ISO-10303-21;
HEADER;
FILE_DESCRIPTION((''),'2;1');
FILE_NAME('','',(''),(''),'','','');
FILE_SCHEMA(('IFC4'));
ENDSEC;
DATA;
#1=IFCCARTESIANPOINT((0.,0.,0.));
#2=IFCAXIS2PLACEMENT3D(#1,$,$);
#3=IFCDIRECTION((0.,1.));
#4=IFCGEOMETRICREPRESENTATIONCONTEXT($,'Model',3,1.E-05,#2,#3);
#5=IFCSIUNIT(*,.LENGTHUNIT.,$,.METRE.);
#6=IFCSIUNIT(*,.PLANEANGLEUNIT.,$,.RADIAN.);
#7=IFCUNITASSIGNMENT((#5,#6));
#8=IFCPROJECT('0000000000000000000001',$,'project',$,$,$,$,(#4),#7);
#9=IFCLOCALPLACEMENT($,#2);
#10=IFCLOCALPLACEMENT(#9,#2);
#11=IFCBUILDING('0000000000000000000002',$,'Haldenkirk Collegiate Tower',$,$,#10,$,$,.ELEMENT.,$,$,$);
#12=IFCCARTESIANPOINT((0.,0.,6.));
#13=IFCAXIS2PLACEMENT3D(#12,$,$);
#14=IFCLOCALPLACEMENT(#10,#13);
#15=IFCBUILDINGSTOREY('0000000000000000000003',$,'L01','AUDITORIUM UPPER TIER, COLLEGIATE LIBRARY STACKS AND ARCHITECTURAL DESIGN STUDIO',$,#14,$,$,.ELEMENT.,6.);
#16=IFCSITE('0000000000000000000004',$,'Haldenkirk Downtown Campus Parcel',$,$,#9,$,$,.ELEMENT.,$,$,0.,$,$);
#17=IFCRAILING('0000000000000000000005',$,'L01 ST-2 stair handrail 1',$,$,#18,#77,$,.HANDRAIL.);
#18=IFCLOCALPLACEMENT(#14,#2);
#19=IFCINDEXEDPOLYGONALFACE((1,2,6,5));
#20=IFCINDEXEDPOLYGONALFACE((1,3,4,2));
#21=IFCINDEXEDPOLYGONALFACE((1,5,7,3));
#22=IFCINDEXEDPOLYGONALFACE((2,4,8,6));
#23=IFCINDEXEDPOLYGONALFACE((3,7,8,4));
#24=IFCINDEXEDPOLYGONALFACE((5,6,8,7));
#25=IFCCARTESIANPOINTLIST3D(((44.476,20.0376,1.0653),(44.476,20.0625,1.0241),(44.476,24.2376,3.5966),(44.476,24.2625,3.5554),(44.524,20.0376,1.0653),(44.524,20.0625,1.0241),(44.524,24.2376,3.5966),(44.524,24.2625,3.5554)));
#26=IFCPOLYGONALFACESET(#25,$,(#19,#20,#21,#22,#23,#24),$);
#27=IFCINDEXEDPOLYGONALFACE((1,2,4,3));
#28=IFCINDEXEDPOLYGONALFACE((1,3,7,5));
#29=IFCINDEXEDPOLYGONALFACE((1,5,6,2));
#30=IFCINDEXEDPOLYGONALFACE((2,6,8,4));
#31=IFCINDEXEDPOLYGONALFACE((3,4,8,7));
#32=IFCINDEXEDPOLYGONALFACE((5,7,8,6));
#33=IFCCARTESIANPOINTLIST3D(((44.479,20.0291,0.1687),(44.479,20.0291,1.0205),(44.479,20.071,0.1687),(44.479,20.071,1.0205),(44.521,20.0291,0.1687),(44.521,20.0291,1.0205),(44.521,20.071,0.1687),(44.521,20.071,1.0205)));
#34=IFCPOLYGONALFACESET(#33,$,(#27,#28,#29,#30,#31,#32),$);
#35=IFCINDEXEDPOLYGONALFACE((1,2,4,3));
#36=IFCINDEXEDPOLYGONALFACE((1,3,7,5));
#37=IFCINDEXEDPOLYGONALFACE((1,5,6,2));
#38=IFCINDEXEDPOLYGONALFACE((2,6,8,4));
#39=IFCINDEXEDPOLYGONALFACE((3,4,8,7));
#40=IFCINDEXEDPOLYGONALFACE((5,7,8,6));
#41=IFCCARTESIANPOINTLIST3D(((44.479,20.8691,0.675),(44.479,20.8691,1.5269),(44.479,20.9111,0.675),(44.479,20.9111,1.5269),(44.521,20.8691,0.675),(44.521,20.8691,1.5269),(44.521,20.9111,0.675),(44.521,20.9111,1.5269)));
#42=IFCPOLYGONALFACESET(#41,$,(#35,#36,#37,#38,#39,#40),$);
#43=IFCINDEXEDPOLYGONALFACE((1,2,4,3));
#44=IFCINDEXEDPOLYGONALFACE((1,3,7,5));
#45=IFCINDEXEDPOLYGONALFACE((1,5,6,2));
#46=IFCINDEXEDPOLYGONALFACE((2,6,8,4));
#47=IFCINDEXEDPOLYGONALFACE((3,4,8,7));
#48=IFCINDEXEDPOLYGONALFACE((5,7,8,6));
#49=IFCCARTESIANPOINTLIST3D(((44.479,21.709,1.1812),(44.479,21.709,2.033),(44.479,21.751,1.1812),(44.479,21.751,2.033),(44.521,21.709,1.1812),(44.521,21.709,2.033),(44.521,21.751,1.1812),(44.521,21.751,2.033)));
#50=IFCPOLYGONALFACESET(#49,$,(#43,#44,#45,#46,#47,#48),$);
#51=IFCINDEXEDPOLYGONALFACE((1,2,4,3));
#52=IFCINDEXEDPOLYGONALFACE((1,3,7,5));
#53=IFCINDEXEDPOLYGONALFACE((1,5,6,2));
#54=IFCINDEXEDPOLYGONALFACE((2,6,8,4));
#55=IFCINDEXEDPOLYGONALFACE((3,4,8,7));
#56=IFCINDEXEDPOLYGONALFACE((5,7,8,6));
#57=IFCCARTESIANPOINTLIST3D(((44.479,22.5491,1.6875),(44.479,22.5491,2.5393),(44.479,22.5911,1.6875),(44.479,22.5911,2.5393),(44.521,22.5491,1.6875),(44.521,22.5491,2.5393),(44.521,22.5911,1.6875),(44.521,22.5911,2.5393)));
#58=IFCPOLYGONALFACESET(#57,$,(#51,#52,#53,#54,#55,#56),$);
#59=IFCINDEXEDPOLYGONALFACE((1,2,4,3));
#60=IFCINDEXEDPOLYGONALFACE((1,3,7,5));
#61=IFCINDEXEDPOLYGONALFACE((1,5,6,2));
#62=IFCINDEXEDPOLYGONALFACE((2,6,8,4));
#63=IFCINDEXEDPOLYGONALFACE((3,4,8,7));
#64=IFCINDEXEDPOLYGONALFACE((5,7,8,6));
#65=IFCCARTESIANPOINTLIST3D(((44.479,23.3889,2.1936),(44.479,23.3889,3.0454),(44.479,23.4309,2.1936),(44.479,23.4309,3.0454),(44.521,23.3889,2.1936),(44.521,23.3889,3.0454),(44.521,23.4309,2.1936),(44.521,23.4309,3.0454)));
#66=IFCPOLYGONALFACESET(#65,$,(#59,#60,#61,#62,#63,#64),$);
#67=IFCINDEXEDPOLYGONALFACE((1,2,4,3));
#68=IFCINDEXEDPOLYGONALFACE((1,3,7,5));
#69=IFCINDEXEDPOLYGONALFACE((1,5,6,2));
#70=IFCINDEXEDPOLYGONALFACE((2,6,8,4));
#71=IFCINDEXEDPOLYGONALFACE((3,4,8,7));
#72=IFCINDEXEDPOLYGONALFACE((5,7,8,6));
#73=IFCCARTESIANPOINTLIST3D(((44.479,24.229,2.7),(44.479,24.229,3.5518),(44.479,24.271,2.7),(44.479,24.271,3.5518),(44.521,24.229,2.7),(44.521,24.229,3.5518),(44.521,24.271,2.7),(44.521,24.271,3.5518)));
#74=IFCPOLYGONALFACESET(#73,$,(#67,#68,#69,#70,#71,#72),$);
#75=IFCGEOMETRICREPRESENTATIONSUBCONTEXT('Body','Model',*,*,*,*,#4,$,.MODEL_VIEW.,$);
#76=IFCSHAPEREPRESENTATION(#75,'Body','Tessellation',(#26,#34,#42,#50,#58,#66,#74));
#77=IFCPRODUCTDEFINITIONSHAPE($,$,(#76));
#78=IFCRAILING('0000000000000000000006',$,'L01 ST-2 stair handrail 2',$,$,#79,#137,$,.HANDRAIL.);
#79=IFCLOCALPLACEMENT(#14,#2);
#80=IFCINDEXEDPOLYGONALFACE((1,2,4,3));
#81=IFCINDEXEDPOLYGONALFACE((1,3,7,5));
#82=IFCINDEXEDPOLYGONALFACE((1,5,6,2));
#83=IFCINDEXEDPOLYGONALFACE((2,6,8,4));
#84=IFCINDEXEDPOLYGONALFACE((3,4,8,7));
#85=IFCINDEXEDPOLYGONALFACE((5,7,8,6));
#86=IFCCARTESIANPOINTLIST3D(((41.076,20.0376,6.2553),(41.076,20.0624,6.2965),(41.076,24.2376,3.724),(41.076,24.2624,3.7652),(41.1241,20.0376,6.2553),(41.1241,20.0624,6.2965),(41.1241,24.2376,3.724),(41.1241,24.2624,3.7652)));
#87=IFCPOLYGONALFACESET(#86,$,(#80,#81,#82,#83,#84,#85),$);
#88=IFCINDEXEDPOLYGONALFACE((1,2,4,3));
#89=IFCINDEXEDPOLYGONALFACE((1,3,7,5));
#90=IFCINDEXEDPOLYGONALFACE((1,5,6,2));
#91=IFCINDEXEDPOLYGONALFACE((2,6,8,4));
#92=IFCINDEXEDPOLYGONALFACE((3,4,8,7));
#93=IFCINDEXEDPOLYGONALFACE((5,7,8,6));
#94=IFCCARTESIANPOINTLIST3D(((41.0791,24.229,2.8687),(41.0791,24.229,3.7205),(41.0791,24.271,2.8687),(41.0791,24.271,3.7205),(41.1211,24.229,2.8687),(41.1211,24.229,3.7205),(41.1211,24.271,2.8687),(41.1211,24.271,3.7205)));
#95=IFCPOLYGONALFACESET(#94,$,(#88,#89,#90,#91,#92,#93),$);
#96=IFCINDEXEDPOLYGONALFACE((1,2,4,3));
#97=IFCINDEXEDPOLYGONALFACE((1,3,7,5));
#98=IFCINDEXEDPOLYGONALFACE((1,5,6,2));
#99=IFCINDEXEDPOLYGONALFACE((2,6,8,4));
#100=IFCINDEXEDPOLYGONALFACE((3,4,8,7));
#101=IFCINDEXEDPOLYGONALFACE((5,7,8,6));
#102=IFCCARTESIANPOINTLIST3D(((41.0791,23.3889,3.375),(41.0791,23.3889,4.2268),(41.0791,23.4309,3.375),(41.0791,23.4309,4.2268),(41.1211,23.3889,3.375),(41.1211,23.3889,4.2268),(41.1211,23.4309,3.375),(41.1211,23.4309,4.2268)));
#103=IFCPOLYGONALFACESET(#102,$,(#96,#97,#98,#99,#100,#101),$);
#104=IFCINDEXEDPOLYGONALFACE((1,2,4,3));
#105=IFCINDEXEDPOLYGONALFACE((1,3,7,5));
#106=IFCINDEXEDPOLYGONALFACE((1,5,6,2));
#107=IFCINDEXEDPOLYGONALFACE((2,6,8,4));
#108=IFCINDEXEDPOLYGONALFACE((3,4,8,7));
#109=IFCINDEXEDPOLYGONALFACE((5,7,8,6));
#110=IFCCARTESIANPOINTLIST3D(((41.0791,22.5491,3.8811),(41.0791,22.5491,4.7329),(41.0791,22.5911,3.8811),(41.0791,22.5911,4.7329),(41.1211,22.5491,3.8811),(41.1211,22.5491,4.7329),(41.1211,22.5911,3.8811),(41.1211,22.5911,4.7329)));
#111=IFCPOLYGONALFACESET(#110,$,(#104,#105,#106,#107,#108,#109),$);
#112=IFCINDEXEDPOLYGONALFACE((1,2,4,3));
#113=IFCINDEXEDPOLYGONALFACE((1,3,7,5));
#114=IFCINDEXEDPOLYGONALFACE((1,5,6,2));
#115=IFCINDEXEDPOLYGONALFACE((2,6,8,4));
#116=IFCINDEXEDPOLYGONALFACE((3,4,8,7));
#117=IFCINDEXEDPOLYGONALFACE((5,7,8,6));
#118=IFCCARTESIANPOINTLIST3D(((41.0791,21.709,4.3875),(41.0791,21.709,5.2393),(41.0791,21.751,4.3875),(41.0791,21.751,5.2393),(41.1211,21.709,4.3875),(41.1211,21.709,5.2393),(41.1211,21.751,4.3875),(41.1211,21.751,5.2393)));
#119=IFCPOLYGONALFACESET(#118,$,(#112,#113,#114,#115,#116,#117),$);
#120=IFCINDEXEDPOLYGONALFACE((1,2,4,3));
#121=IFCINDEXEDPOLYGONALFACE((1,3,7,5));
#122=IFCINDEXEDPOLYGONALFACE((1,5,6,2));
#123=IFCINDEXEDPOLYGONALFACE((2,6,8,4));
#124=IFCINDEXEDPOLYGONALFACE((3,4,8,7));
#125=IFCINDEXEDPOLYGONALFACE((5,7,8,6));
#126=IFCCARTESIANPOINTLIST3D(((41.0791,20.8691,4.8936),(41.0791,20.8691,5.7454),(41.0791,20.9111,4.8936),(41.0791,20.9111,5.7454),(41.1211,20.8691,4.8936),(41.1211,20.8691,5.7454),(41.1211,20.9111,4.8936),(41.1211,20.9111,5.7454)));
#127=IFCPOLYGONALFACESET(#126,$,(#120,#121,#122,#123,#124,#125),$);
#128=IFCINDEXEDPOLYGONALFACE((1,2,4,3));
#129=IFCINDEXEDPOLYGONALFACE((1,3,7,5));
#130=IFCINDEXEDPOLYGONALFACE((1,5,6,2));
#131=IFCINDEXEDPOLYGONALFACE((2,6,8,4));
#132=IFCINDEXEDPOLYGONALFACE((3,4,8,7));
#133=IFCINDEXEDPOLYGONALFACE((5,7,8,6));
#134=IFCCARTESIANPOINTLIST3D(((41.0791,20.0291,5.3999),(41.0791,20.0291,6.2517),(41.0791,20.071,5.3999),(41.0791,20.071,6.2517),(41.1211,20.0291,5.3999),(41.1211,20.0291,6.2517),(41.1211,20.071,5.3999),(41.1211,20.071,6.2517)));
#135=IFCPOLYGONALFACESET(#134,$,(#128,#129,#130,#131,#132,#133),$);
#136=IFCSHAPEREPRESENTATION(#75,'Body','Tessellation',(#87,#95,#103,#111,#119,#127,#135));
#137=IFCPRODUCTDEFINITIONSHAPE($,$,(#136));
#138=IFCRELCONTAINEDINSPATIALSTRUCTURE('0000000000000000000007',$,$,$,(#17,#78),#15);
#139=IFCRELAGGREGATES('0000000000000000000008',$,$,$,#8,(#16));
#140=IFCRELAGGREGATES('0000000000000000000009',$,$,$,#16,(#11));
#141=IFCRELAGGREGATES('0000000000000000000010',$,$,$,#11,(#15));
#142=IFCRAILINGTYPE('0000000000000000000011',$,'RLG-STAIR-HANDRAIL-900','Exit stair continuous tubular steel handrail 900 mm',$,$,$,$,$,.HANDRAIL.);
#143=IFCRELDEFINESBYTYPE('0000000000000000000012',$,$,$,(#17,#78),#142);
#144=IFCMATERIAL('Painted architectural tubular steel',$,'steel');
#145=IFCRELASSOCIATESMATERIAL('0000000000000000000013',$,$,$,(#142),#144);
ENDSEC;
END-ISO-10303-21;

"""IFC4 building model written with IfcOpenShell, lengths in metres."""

from ifc_helpers import new_model, si_unit, direction, frame, origin, origin_2d, place, context, subcontext, project, spatial, rectangle, extrude, material, type_object, element, save


model = new_model("IFC4")

# Units and contexts
model_context = context("Model", 3, precision=1e-05, world=origin(), true_north=direction((0.0, 1.0)))
body_context = subcontext(model_context, "Body", "Model", "MODEL_VIEW")
ifc_project = project(units=[si_unit("LENGTHUNIT", "METRE"), si_unit("PLANEANGLEUNIT", "RADIAN")], contexts=[model_context])

# Site, building, storey
site_placement = place(None, origin())
site = spatial("IfcSite", under=ifc_project, at=site_placement, Name="Haldenkirk Downtown Campus Parcel", CompositionType="ELEMENT", RefElevation=0.0)
building_placement = place(site_placement, origin())
building = spatial("IfcBuilding", under=site, at=building_placement, Name="Haldenkirk Collegiate Tower", CompositionType="ELEMENT")
storey_placement = place(building_placement, frame((0.0, 0.0, 6.0)))
storey = spatial("IfcBuildingStorey", under=building, at=storey_placement, Name="L01", Description="AUDITORIUM UPPER TIER, COLLEGIATE LIBRARY STACKS AND ARCHITECTURAL DESIGN STUDIO", CompositionType="ELEMENT", Elevation=6.0)

# Railings
ifc_material_1 = material(Name="Painted architectural tubular steel", Category="steel")
railing_type_1 = type_object("IfcRailingType", Name="RLG-STAIR-HANDRAIL-900", Description="Exit stair continuous tubular steel handrail 900 mm", PredefinedType="HANDRAIL", material=ifc_material_1)
railing_1_placement = place(storey_placement, frame((44.5, 20.05, 0.1687)))
element("IfcRailing", 1, at=railing_1_placement, inside=storey, type_object=railing_type_1, Name="L01 ST-2 stair handrail 1", PredefinedType="HANDRAIL", context=body_context, shape_type="SweptSolid", body=[
    extrude(rectangle(XDim=0.0481, YDim=0.0481, at=origin_2d()), frame((0.0, 0.0, 0.876), z_axis=(0.0, 0.856476, 0.516186), x_axis=(-1.0, 0.0, 0.0)), (0.0, 0.0, 1.0), 4.9038),
    extrude(rectangle(XDim=0.042, YDim=0.042, at=origin_2d()), origin(), (0.0, 0.0, 1.0), 0.8518),
    extrude(rectangle(XDim=0.042, YDim=0.042, at=origin_2d()), frame((0.0, 0.8401, 0.5063)), (0.0, 0.0, 1.0), 0.8518),
    extrude(rectangle(XDim=0.042, YDim=0.042, at=origin_2d()), frame((0.0, 1.6799, 1.0125)), (0.0, 0.0, 1.0), 0.8518),
    extrude(rectangle(XDim=0.042, YDim=0.042, at=origin_2d()), frame((0.0, 2.52, 1.5188)), (0.0, 0.0, 1.0), 0.8518),
    extrude(rectangle(XDim=0.042, YDim=0.042, at=origin_2d()), frame((0.0, 3.3599, 2.0249)), (0.0, 0.0, 1.0), 0.8518),
    extrude(rectangle(XDim=0.042, YDim=0.042, at=origin_2d()), frame((0.0, 4.2, 2.5312)), (0.0, 0.0, 1.0), 0.8518),
])
railing_2_placement = place(storey_placement, frame((41.1001, 24.25, 2.8687)))
element("IfcRailing", 2, at=railing_2_placement, inside=storey, type_object=railing_type_1, Name="L01 ST-2 stair handrail 2", PredefinedType="HANDRAIL", context=body_context, shape_type="SweptSolid", body=[
    extrude(rectangle(XDim=0.0481, YDim=0.0481, at=origin_2d()), frame((0.0, 0.0, 0.876), z_axis=(0.0, -0.856476, 0.516186), x_axis=(1.0, 0.0, 0.0)), (0.0, 0.0, 1.0), 4.9038),
    extrude(rectangle(XDim=0.042, YDim=0.042, at=origin_2d()), origin(), (0.0, 0.0, 1.0), 0.8518),
    extrude(rectangle(XDim=0.042, YDim=0.042, at=origin_2d()), frame((0.0, -0.8401, 0.5063)), (0.0, 0.0, 1.0), 0.8518),
    extrude(rectangle(XDim=0.042, YDim=0.042, at=origin_2d()), frame((0.0, -1.6799, 1.0125)), (0.0, 0.0, 1.0), 0.8518),
    extrude(rectangle(XDim=0.042, YDim=0.042, at=origin_2d()), frame((0.0, -2.52, 1.5188)), (0.0, 0.0, 1.0), 0.8518),
    extrude(rectangle(XDim=0.042, YDim=0.042, at=origin_2d()), frame((0.0, -3.3599, 2.0249)), (0.0, 0.0, 1.0), 0.8518),
    extrude(rectangle(XDim=0.042, YDim=0.042, at=origin_2d()), frame((0.0, -4.2, 2.5312)), (0.0, 0.0, 1.0), 0.8518),
])

save(model, "model.ifc")
